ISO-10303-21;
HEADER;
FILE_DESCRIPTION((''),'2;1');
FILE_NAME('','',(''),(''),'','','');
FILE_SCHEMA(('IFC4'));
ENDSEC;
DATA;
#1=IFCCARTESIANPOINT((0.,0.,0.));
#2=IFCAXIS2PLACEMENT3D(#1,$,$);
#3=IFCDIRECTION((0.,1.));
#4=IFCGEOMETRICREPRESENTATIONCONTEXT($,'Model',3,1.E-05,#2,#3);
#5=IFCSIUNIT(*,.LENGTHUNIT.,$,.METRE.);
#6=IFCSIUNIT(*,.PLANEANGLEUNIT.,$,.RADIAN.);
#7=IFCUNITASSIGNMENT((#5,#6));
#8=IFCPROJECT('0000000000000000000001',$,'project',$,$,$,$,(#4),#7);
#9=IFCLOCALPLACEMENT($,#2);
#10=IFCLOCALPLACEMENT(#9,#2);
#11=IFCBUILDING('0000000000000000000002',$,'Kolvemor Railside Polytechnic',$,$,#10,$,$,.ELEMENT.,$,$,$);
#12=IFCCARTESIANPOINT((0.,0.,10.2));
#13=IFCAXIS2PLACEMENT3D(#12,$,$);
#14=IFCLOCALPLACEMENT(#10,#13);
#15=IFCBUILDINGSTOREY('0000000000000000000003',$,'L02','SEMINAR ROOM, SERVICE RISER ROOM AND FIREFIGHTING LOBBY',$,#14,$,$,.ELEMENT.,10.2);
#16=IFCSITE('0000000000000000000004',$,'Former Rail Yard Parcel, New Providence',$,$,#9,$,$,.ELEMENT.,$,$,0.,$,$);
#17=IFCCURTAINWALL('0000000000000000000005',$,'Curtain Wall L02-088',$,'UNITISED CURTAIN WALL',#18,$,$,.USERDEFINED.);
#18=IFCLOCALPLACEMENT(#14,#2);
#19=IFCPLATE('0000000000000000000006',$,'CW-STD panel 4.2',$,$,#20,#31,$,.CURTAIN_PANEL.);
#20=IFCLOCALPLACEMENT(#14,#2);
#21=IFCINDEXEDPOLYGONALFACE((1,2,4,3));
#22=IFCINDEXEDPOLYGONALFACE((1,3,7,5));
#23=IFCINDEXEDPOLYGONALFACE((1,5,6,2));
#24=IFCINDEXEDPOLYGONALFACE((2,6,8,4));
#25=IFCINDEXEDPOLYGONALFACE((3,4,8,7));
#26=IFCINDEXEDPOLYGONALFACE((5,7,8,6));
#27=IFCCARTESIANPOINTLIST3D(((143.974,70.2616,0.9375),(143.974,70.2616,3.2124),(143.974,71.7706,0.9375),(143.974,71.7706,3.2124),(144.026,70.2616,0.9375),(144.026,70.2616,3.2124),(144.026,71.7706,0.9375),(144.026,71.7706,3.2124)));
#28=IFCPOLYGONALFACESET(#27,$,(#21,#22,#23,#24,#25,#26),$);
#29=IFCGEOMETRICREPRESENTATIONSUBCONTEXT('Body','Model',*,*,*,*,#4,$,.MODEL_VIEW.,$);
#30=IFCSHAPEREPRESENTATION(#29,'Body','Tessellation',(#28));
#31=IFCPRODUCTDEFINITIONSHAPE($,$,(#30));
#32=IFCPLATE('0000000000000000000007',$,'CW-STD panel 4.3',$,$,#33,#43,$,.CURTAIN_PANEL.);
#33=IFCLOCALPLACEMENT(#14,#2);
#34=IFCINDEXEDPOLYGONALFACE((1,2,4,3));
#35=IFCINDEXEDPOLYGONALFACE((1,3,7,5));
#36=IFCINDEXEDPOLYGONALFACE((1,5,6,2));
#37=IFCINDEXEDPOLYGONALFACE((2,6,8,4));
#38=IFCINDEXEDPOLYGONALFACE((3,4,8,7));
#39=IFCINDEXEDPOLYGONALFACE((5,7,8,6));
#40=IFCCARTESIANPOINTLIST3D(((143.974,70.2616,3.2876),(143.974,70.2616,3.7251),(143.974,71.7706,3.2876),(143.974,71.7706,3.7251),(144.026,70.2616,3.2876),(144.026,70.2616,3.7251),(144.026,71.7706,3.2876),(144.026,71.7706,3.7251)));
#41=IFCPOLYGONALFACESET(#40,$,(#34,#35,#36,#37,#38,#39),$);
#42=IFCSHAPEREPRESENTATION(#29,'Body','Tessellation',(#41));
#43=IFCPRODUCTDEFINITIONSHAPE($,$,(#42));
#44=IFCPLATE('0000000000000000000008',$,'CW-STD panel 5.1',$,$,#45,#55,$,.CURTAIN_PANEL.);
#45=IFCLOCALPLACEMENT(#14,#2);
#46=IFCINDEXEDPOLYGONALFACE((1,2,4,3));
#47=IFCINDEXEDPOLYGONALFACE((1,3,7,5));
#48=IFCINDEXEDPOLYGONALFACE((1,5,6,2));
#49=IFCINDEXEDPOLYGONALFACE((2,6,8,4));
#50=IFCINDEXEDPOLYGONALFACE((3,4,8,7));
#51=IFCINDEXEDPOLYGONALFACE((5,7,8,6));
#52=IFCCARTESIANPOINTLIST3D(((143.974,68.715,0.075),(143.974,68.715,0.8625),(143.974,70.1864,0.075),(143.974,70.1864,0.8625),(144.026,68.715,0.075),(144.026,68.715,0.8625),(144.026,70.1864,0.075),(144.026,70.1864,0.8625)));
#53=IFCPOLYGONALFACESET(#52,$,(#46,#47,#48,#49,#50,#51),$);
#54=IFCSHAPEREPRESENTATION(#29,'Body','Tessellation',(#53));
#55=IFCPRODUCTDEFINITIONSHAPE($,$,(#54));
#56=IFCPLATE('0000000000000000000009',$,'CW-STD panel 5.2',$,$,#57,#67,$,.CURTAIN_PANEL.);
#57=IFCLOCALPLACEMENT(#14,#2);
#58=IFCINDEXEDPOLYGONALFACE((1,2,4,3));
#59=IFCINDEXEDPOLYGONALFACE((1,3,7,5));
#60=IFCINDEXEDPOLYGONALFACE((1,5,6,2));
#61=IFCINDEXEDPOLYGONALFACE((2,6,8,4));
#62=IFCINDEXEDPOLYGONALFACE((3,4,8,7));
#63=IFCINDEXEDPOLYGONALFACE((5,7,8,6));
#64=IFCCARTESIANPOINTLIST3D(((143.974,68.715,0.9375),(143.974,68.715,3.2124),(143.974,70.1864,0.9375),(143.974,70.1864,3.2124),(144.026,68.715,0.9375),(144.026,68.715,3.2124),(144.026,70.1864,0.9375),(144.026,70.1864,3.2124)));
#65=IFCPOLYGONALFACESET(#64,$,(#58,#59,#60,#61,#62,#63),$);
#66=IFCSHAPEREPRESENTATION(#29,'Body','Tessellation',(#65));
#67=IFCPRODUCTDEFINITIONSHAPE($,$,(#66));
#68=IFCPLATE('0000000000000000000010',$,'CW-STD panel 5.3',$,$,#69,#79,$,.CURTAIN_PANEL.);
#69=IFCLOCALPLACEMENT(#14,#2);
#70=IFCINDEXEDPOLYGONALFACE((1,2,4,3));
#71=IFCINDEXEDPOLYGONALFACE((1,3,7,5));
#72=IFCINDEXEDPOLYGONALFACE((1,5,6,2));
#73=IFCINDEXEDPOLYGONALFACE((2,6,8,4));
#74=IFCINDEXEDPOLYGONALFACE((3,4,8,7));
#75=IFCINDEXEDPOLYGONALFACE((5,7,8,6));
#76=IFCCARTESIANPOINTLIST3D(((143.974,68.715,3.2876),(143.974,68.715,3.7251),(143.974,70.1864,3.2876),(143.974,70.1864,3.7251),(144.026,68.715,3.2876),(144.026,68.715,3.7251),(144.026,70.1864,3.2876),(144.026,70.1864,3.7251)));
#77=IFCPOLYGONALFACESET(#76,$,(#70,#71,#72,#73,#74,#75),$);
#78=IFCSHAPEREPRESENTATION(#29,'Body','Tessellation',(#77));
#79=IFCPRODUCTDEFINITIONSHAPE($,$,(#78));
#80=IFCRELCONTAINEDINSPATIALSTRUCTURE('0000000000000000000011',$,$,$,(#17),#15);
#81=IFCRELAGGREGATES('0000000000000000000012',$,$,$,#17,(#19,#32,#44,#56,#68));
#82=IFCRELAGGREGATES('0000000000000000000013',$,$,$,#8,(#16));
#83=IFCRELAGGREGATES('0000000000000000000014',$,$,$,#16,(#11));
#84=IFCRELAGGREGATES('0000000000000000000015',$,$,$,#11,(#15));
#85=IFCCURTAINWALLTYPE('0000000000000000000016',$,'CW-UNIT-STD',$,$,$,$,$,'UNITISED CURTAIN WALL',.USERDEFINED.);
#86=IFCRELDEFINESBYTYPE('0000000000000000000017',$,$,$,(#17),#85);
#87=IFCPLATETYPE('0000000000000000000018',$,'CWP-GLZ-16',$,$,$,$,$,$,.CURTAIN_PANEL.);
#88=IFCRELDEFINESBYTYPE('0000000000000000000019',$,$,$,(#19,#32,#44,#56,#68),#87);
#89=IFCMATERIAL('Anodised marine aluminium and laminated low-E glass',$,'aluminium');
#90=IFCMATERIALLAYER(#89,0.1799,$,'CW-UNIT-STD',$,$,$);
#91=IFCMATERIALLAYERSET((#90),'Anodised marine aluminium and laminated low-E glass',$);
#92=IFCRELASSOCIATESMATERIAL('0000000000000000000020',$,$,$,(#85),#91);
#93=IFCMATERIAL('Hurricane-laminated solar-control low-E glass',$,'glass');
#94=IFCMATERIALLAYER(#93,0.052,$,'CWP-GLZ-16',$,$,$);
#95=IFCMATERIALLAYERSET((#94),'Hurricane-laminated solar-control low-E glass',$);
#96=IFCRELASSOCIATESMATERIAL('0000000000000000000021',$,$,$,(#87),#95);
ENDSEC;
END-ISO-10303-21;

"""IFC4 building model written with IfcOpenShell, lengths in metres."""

from ifc_helpers import new_model, si_unit, direction, frame, origin, origin_2d, place, context, subcontext, project, spatial, rectangle, extrude, material, layer, layer_set, type_object, element, aggregate, save


model = new_model("IFC4")

# Units and contexts
model_context = context("Model", 3, precision=1e-05, world=origin(), true_north=direction((0.0, 1.0)))
body_context = subcontext(model_context, "Body", "Model", "MODEL_VIEW")
ifc_project = project(units=[si_unit("LENGTHUNIT", "METRE"), si_unit("PLANEANGLEUNIT", "RADIAN")], contexts=[model_context])

# Site, building, storey
site_placement = place(None, origin())
site = spatial("IfcSite", under=ifc_project, at=site_placement, Name="Former Rail Yard Parcel, New Providence", CompositionType="ELEMENT", RefElevation=0.0)
building_placement = place(site_placement, origin())
building = spatial("IfcBuilding", under=site, at=building_placement, Name="Kolvemor Railside Polytechnic", CompositionType="ELEMENT")
storey_placement = place(building_placement, frame((0.0, 0.0, 10.2)))
storey = spatial("IfcBuildingStorey", under=building, at=storey_placement, Name="L02", Description="SEMINAR ROOM, SERVICE RISER ROOM AND FIREFIGHTING LOBBY", CompositionType="ELEMENT", Elevation=10.2)

# Curtain wall
ifc_material_1 = material(Name="Anodised marine aluminium and laminated low-E glass", Category="aluminium")
ifc_layer_1 = layer(ifc_material_1, 0.1799, Name="CW-UNIT-STD")
ifc_layer_set_1 = layer_set([ifc_layer_1], Name="Anodised marine aluminium and laminated low-E glass")
curtain_wall_type = type_object("IfcCurtainWallType", Name="CW-UNIT-STD", ElementType="UNITISED CURTAIN WALL", PredefinedType="USERDEFINED", material=ifc_layer_set_1)
curtain_wall_1_placement = place(storey_placement, origin())
curtain_wall_1 = element("IfcCurtainWall", 1, at=curtain_wall_1_placement, inside=storey, type_object=curtain_wall_type, Name="Curtain Wall L02-088", ObjectType="UNITISED CURTAIN WALL", PredefinedType="USERDEFINED")

# Plates
ifc_material_2 = material(Name="Hurricane-laminated solar-control low-E glass", Category="glass")
ifc_layer_2 = layer(ifc_material_2, 0.052, Name="CWP-GLZ-16")
ifc_layer_set_2 = layer_set([ifc_layer_2], Name="Hurricane-laminated solar-control low-E glass")
plate_type_1 = type_object("IfcPlateType", Name="CWP-GLZ-16", PredefinedType="CURTAIN_PANEL", material=ifc_layer_set_2)
plate_1_placement = place(storey_placement, frame((144.0, 71.0161, 0.9375), z_axis=(0.0, 0.0, 1.0), x_axis=(0.0, -1.0, 0.0)))
plate_1 = element("IfcPlate", 2, at=plate_1_placement, type_object=plate_type_1, Name="CW-STD panel 4.2", PredefinedType="CURTAIN_PANEL", context=body_context, shape_type="SweptSolid", body=[
    extrude(rectangle(XDim=1.509, YDim=0.052, at=origin_2d()), origin(), (0.0, 0.0, 1.0), 2.2749),
])
plate_2_placement = place(storey_placement, frame((144.0, 71.0161, 3.2876), z_axis=(0.0, 0.0, 1.0), x_axis=(0.0, -1.0, 0.0)))
plate_2 = element("IfcPlate", 3, at=plate_2_placement, type_object=plate_type_1, Name="CW-STD panel 4.3", PredefinedType="CURTAIN_PANEL", context=body_context, shape_type="SweptSolid", body=[
    extrude(rectangle(XDim=1.509, YDim=0.052, at=origin_2d()), origin(), (0.0, 0.0, 1.0), 0.4375),
])
plate_3_placement = place(storey_placement, frame((144.0, 69.4507, 0.075), z_axis=(0.0, 0.0, 1.0), x_axis=(0.0, -1.0, 0.0)))
plate_3 = element("IfcPlate", 4, at=plate_3_placement, type_object=plate_type_1, Name="CW-STD panel 5.1", PredefinedType="CURTAIN_PANEL", context=body_context, shape_type="SweptSolid", body=[
    extrude(rectangle(XDim=1.4714, YDim=0.052, at=origin_2d()), origin(), (0.0, 0.0, 1.0), 0.7876),
])
plate_4_placement = place(storey_placement, frame((144.0, 69.4507, 0.9375), z_axis=(0.0, 0.0, 1.0), x_axis=(0.0, -1.0, 0.0)))
plate_4 = element("IfcPlate", 5, at=plate_4_placement, type_object=plate_type_1, Name="CW-STD panel 5.2", PredefinedType="CURTAIN_PANEL", context=body_context, shape_type="SweptSolid", body=[
    extrude(rectangle(XDim=1.4714, YDim=0.052, at=origin_2d()), origin(), (0.0, 0.0, 1.0), 2.2749),
])
plate_5_placement = place(storey_placement, frame((144.0, 69.4507, 3.2876), z_axis=(0.0, 0.0, 1.0), x_axis=(0.0, -1.0, 0.0)))
plate_5 = element("IfcPlate", 6, at=plate_5_placement, type_object=plate_type_1, Name="CW-STD panel 5.3", PredefinedType="CURTAIN_PANEL", context=body_context, shape_type="SweptSolid", body=[
    extrude(rectangle(XDim=1.4714, YDim=0.052, at=origin_2d()), origin(), (0.0, 0.0, 1.0), 0.4375),
])
aggregate(curtain_wall_1, [plate_1, plate_2, plate_3, plate_4, plate_5])

save(model, "model.ifc")
